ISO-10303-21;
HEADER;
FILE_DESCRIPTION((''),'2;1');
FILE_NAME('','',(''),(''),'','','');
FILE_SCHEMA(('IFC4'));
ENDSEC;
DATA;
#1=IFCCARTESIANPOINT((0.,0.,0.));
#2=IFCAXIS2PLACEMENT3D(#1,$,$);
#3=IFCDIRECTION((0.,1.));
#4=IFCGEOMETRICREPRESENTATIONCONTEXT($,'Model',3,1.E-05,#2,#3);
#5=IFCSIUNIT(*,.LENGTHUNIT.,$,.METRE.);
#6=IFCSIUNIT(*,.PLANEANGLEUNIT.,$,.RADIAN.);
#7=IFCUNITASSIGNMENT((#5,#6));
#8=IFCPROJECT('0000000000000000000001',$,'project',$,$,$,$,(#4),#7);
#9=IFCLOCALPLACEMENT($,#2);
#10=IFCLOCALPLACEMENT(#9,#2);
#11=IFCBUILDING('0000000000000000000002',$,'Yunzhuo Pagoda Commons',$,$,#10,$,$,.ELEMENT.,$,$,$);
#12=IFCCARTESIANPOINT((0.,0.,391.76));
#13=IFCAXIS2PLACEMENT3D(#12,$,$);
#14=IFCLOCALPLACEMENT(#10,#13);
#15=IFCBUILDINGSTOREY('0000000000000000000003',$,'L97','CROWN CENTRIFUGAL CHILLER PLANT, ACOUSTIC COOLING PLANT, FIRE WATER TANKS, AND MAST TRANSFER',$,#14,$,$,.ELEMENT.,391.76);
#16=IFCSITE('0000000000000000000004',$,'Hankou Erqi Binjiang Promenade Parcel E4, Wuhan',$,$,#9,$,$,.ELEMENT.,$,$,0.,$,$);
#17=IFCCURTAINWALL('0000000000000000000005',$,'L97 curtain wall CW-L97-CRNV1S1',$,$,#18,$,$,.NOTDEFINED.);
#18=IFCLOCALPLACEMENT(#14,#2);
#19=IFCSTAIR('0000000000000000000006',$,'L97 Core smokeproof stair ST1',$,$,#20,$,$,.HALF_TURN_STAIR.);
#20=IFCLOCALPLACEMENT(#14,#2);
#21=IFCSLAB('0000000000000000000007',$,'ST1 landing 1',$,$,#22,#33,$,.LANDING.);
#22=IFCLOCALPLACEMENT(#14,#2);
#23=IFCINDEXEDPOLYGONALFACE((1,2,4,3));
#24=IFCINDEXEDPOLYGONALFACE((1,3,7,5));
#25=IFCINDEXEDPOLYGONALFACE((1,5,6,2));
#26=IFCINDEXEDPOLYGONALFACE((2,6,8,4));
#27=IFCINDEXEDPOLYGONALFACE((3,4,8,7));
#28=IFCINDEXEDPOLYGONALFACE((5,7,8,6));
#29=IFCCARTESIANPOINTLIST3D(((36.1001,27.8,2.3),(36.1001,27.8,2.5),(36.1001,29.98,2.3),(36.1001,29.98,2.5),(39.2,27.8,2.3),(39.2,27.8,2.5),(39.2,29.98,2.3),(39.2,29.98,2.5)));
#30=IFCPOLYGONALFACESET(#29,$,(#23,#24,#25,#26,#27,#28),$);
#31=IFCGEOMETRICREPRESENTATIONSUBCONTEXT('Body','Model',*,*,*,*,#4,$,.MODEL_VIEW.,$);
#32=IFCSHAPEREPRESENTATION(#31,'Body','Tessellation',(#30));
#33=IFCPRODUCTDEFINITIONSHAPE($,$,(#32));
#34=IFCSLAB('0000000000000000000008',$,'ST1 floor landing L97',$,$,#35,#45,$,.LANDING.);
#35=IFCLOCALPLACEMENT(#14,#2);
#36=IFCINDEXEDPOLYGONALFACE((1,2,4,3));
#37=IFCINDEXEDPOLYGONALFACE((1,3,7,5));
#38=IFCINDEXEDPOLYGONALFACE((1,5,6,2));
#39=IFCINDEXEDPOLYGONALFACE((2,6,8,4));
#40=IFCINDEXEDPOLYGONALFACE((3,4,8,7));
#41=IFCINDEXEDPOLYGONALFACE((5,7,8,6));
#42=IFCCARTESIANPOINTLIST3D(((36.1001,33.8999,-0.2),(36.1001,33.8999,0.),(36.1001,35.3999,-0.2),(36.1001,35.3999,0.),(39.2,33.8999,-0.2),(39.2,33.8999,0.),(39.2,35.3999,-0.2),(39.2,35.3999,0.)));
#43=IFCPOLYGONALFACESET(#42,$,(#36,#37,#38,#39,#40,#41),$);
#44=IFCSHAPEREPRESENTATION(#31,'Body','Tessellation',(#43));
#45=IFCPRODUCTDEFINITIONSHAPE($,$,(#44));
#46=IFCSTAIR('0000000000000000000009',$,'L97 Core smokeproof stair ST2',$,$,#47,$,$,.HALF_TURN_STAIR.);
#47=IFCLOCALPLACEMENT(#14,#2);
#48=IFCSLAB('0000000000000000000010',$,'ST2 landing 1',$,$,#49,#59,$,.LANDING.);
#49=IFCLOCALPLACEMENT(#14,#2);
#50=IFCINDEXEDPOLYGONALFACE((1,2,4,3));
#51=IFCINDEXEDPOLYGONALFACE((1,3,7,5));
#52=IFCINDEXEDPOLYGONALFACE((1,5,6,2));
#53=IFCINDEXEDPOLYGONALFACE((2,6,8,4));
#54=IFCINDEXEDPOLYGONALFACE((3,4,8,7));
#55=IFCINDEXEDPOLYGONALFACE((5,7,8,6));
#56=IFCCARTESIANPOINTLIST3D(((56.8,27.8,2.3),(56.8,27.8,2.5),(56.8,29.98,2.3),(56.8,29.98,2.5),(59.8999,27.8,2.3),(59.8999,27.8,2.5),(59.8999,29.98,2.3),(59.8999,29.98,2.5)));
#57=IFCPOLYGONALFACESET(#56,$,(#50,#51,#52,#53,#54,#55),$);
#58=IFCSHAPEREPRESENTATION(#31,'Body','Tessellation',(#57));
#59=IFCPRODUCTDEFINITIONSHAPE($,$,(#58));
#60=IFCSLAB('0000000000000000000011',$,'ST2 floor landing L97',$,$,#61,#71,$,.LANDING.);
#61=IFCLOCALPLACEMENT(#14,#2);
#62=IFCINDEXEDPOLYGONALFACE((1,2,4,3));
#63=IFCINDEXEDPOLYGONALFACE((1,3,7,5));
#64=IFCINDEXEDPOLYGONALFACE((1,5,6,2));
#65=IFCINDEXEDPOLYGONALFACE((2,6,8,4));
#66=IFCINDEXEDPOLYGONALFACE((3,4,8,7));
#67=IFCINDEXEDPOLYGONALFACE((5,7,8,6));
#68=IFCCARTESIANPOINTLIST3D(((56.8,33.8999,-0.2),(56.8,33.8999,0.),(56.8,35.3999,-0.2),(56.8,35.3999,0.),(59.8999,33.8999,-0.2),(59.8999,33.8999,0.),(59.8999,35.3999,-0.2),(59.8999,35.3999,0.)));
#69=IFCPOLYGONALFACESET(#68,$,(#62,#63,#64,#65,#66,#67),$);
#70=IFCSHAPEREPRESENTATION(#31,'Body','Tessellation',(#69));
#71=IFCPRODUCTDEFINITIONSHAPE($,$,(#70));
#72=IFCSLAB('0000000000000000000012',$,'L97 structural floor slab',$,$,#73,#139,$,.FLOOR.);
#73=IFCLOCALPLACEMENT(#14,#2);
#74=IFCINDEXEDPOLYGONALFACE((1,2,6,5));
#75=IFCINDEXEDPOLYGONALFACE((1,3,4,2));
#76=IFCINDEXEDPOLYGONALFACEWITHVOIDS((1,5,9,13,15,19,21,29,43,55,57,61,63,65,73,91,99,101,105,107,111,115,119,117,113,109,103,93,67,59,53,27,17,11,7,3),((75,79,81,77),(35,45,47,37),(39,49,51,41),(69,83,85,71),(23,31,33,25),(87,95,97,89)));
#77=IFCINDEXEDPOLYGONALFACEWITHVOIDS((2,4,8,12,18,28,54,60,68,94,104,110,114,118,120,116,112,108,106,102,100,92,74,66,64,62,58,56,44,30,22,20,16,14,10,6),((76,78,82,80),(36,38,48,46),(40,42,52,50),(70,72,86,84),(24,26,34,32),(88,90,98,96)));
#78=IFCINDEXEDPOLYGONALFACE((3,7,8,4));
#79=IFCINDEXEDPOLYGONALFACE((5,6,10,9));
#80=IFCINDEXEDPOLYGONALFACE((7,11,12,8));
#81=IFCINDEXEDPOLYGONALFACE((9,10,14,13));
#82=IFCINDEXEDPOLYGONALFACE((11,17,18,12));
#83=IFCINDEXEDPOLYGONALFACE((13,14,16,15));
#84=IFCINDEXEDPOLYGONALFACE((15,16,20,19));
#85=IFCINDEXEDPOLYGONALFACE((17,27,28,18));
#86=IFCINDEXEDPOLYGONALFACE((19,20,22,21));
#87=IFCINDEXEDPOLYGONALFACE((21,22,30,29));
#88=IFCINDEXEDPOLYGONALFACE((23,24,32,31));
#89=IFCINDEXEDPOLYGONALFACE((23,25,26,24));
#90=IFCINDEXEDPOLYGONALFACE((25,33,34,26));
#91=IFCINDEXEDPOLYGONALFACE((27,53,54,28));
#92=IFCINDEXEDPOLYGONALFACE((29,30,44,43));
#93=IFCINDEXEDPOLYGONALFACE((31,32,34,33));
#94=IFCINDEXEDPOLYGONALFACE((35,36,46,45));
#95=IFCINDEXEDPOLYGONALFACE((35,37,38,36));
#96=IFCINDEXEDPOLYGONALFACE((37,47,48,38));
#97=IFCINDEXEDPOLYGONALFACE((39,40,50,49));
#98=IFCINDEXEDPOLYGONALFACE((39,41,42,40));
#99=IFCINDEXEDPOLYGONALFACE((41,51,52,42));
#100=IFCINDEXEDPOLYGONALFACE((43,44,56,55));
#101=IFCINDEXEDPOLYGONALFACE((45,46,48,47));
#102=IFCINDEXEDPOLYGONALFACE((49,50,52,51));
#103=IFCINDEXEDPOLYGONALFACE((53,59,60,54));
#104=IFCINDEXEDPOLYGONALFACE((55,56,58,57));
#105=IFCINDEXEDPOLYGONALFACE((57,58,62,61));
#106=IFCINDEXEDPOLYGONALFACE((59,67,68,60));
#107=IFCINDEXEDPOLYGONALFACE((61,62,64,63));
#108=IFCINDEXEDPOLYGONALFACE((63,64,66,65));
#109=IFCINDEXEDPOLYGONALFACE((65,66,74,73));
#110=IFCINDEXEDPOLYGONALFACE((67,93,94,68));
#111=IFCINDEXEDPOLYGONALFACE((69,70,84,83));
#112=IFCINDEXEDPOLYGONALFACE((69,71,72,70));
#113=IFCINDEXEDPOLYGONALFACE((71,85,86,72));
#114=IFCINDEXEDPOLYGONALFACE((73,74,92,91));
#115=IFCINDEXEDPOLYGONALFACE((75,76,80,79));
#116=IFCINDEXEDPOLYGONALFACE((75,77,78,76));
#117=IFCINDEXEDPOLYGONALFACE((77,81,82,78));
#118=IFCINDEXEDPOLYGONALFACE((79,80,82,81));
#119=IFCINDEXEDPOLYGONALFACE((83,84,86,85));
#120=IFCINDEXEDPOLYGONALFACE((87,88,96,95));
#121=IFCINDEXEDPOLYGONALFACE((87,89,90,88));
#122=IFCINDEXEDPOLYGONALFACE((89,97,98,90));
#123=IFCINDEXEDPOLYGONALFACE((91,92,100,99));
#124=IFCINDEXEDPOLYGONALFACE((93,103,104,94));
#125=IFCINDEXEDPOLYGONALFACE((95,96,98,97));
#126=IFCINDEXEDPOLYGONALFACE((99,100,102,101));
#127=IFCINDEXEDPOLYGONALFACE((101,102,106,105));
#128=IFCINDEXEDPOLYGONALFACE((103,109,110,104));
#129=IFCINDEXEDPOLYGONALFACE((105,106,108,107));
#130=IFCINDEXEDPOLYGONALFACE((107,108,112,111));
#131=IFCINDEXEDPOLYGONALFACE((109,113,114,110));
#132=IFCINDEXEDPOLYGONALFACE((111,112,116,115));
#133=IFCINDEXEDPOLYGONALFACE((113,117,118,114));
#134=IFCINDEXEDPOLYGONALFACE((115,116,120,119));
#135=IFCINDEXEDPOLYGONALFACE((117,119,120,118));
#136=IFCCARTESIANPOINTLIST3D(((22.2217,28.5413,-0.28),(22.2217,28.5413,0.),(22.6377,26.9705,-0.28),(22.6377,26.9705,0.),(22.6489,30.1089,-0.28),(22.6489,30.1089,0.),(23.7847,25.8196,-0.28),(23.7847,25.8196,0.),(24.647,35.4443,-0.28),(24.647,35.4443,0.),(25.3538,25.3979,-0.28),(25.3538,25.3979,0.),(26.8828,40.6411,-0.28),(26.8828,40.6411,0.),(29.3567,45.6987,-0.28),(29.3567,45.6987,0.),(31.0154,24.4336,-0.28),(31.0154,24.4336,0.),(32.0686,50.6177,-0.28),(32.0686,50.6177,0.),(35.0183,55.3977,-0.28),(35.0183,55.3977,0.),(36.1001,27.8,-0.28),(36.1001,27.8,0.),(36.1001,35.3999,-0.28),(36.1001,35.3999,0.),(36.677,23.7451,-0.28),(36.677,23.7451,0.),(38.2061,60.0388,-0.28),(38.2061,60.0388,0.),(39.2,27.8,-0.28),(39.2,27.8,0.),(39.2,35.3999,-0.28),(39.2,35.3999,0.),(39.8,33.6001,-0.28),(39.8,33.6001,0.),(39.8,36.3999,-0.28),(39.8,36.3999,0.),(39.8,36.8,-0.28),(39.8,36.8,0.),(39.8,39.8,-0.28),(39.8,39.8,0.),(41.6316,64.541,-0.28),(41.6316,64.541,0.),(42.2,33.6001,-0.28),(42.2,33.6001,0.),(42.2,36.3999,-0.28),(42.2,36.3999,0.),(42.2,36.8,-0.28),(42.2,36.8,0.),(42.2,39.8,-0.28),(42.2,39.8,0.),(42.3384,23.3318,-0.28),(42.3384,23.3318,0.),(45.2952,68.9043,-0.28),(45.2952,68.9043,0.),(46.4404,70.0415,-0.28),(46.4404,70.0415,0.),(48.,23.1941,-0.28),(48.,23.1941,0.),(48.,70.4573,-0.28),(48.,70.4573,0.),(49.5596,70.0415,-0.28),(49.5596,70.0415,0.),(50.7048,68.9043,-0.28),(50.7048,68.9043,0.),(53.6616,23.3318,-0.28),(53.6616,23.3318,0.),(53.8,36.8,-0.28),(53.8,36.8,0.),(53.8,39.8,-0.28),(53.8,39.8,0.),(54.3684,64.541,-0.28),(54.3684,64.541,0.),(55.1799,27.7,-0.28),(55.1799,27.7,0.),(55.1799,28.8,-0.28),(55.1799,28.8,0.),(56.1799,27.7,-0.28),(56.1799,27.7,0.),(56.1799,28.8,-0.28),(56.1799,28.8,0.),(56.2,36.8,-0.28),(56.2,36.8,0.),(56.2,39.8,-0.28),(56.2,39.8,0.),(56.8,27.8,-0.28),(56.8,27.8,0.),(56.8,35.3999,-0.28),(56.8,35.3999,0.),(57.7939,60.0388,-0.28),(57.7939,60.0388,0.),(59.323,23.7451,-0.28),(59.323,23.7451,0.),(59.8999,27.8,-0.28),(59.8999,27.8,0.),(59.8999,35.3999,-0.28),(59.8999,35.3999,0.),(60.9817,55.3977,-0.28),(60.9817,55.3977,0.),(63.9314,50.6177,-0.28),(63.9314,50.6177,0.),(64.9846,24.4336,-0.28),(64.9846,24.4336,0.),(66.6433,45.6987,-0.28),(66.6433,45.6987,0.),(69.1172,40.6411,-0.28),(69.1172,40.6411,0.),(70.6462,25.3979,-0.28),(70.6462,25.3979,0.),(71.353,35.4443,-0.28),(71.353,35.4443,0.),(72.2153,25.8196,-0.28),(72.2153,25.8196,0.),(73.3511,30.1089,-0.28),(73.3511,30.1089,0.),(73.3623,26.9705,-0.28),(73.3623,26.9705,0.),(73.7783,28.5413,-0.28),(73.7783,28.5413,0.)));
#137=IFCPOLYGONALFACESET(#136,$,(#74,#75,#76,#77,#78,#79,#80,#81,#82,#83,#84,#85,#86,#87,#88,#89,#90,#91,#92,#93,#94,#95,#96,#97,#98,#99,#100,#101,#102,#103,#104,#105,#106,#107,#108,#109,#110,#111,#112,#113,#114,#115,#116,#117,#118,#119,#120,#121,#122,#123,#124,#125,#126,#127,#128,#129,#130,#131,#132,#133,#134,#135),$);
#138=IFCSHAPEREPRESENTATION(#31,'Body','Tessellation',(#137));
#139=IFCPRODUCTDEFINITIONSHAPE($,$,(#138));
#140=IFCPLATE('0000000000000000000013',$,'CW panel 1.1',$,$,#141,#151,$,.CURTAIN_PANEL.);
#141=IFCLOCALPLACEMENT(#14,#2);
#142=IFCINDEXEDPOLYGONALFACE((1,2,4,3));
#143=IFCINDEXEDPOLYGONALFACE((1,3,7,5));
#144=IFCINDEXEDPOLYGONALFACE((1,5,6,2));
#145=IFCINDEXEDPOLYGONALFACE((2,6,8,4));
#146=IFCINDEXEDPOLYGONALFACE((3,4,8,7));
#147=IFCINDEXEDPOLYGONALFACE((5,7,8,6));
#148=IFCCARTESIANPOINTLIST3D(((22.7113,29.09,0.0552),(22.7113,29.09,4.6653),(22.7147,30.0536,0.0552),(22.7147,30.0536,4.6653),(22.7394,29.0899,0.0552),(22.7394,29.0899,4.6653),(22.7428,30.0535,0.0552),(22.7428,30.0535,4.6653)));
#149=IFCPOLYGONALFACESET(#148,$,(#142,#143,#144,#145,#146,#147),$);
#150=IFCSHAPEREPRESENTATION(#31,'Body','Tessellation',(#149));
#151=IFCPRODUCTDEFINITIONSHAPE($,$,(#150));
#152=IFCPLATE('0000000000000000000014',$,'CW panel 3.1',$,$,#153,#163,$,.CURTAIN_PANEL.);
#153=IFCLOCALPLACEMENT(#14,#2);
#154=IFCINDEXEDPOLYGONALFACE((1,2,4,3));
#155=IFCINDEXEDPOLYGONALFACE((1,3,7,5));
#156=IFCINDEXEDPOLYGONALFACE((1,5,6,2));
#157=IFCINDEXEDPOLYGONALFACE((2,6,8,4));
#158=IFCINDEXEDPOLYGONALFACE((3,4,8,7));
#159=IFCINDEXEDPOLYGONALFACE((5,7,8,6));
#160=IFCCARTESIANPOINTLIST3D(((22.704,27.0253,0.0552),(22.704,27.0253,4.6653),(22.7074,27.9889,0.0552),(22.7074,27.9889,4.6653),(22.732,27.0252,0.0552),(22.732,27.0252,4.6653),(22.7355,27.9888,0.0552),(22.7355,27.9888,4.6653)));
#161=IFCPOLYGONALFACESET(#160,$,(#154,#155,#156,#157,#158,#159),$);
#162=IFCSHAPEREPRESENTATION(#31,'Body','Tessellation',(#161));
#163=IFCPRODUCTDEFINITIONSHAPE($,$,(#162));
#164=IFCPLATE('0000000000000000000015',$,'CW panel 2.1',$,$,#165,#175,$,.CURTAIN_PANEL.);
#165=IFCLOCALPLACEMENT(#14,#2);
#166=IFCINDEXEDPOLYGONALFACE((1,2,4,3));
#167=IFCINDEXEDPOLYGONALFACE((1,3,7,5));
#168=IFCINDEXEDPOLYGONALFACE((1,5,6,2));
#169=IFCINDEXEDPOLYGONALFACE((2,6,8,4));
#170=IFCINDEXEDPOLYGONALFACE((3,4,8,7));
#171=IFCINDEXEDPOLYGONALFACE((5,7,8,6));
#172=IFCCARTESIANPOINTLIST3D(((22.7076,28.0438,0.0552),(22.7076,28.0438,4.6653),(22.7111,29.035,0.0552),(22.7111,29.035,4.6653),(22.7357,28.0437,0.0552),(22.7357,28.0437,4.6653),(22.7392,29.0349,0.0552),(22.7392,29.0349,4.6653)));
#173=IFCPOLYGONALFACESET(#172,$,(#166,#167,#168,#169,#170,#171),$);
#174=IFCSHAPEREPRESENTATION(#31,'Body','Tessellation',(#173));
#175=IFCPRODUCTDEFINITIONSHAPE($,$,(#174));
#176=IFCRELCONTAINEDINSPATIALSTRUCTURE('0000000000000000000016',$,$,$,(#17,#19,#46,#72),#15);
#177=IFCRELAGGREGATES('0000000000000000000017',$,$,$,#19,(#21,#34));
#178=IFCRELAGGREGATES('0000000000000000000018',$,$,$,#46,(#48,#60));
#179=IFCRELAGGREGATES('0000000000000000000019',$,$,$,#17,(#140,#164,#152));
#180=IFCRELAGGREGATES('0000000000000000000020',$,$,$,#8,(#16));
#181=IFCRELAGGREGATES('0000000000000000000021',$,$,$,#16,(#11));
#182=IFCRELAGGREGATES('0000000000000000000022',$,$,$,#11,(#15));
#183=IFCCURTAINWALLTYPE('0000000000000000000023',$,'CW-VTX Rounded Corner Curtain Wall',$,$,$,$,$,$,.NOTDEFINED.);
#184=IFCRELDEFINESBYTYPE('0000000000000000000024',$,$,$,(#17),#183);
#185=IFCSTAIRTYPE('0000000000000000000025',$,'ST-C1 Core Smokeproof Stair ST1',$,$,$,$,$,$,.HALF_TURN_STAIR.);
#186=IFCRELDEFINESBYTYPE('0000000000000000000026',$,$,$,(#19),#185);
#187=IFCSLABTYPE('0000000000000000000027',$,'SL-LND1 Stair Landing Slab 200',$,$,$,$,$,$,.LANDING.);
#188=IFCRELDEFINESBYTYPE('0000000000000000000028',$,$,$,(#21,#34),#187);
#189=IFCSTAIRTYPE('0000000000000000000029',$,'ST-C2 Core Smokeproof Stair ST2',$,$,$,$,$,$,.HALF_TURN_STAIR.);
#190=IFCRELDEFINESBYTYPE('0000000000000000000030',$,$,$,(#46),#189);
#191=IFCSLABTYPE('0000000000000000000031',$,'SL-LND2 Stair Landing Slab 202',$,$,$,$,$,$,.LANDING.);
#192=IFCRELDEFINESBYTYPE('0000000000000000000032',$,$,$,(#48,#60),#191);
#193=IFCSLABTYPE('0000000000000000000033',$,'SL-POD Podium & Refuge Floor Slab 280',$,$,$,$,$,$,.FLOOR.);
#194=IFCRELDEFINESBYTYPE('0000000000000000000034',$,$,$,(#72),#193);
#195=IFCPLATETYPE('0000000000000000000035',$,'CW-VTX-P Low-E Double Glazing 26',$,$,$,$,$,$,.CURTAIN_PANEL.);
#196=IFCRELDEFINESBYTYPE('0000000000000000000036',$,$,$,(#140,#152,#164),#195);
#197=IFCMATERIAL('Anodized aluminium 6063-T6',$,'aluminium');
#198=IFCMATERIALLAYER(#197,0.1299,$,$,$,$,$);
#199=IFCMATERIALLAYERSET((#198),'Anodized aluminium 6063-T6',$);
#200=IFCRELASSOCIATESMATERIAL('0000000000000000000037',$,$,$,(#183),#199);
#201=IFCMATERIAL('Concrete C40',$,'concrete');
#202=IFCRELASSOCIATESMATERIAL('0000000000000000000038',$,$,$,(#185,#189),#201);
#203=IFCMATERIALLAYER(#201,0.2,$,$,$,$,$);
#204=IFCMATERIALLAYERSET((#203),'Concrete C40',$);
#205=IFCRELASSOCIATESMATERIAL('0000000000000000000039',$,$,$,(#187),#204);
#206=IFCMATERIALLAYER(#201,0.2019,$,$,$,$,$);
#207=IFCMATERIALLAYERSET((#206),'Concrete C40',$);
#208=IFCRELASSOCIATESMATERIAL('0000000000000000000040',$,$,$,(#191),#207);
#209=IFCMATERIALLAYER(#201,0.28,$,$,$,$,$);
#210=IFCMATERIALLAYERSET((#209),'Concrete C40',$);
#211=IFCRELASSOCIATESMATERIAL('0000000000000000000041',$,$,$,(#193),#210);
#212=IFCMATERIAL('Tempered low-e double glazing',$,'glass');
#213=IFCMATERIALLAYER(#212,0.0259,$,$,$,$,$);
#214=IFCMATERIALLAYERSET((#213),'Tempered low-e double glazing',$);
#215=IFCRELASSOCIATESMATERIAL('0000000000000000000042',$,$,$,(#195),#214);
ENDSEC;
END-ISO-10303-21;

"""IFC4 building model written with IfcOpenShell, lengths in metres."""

from ifc_helpers import new_model, si_unit, direction, frame, origin, origin_2d, place, context, subcontext, project, spatial, polyline, rectangle, outline, extrude, source, transform, mapped, material, layer, layer_set, type_object, element, aggregate, save


model = new_model("IFC4")

# Units and contexts
model_context = context("Model", 3, precision=1e-05, world=origin(), true_north=direction((0.0, 1.0)))
body_context = subcontext(model_context, "Body", "Model", "MODEL_VIEW")
ifc_project = project(units=[si_unit("LENGTHUNIT", "METRE"), si_unit("PLANEANGLEUNIT", "RADIAN")], contexts=[model_context])

# Site, building, storey
site_placement = place(None, origin())
site = spatial("IfcSite", under=ifc_project, at=site_placement, Name="Hankou Erqi Binjiang Promenade Parcel E4, Wuhan", CompositionType="ELEMENT", RefElevation=0.0)
building_placement = place(site_placement, origin())
building = spatial("IfcBuilding", under=site, at=building_placement, Name="Yunzhuo Pagoda Commons", CompositionType="ELEMENT")
storey_placement = place(building_placement, frame((0.0, 0.0, 391.76)))
storey = spatial("IfcBuildingStorey", under=building, at=storey_placement, Name="L97", Description="CROWN CENTRIFUGAL CHILLER PLANT, ACOUSTIC COOLING PLANT, FIRE WATER TANKS, AND MAST TRANSFER", CompositionType="ELEMENT", Elevation=391.76)

# Curtain wall
ifc_material_1 = material(Name="Anodized aluminium 6063-T6", Category="aluminium")
ifc_layer_1 = layer(ifc_material_1, 0.1299)
ifc_layer_set_1 = layer_set([ifc_layer_1], Name="Anodized aluminium 6063-T6")
curtain_wall_type = type_object("IfcCurtainWallType", Name="CW-VTX Rounded Corner Curtain Wall", PredefinedType="NOTDEFINED", material=ifc_layer_set_1)
curtain_wall_1_placement = place(storey_placement, origin())
curtain_wall_1 = element("IfcCurtainWall", 1, at=curtain_wall_1_placement, inside=storey, type_object=curtain_wall_type, Name="L97 curtain wall CW-L97-CRNV1S1", PredefinedType="NOTDEFINED")

# Stairs, slabs
ifc_material_2 = material(Name="Concrete C40", Category="concrete")
stair_type_1 = type_object("IfcStairType", Name="ST-C1 Core Smokeproof Stair ST1", PredefinedType="HALF_TURN_STAIR", material=ifc_material_2)
stair_1_placement = place(storey_placement, origin())
stair_1 = element("IfcStair", 2, at=stair_1_placement, inside=storey, type_object=stair_type_1, Name="L97 Core smokeproof stair ST1", PredefinedType="HALF_TURN_STAIR")
ifc_layer_2 = layer(ifc_material_2, 0.2)
ifc_layer_set_2 = layer_set([ifc_layer_2], Name="Concrete C40")
slab_type_1 = type_object("IfcSlabType", Name="SL-LND1 Stair Landing Slab 200", PredefinedType="LANDING", material=ifc_layer_set_2)
slab_1_placement = place(storey_placement, frame((0.0, 0.0, 2.3)))
slab_1 = element("IfcSlab", 3, at=slab_1_placement, type_object=slab_type_1, Name="ST1 landing 1", PredefinedType="LANDING", context=body_context, shape_type="SweptSolid", body=[
    extrude(outline(polyline([(36.1001, 29.98), (36.1001, 27.8), (39.2, 27.8), (39.2, 29.98), (36.1001, 29.98)])), origin(), (0.0, 0.0, 1.0), 0.2),
])
slab_2_placement = place(storey_placement, frame((0.0, 0.0, -0.2)))
slab_2 = element("IfcSlab", 4, at=slab_2_placement, type_object=slab_type_1, Name="ST1 floor landing L97", PredefinedType="LANDING", context=body_context, shape_type="SweptSolid", body=[
    extrude(outline(polyline([(36.1001, 35.3999), (36.1001, 33.8999), (39.2, 33.8999), (39.2, 35.3999), (36.1001, 35.3999)])), origin(), (0.0, 0.0, 1.0), 0.2),
])
aggregate(stair_1, [slab_1, slab_2])
stair_type_2 = type_object("IfcStairType", Name="ST-C2 Core Smokeproof Stair ST2", PredefinedType="HALF_TURN_STAIR", material=ifc_material_2)
stair_2_placement = place(storey_placement, origin())
stair_2 = element("IfcStair", 5, at=stair_2_placement, inside=storey, type_object=stair_type_2, Name="L97 Core smokeproof stair ST2", PredefinedType="HALF_TURN_STAIR")
ifc_layer_3 = layer(ifc_material_2, 0.2019)
ifc_layer_set_3 = layer_set([ifc_layer_3], Name="Concrete C40")
slab_type_2 = type_object("IfcSlabType", Name="SL-LND2 Stair Landing Slab 202", PredefinedType="LANDING", material=ifc_layer_set_3)
slab_3_placement = place(storey_placement, frame((0.0, 0.0, 2.3)))
slab_3 = element("IfcSlab", 6, at=slab_3_placement, type_object=slab_type_2, Name="ST2 landing 1", PredefinedType="LANDING", context=body_context, shape_type="SweptSolid", body=[
    extrude(outline(polyline([(56.8, 29.98), (56.8, 27.8), (59.8999, 27.8), (59.8999, 29.98), (56.8, 29.98)])), origin(), (0.0, 0.0, 1.0), 0.2),
])
slab_4_placement = place(storey_placement, frame((0.0, 0.0, -0.2)))
slab_4 = element("IfcSlab", 7, at=slab_4_placement, type_object=slab_type_2, Name="ST2 floor landing L97", PredefinedType="LANDING", context=body_context, shape_type="SweptSolid", body=[
    extrude(outline(polyline([(56.8, 35.3999), (56.8, 33.8999), (59.8999, 33.8999), (59.8999, 35.3999), (56.8, 35.3999)])), origin(), (0.0, 0.0, 1.0), 0.2),
])
aggregate(stair_2, [slab_3, slab_4])

# Slab
ifc_layer_4 = layer(ifc_material_2, 0.28)
ifc_layer_set_4 = layer_set([ifc_layer_4], Name="Concrete C40")
slab_type_3 = type_object("IfcSlabType", Name="SL-POD Podium & Refuge Floor Slab 280", PredefinedType="FLOOR", material=ifc_layer_set_4)
slab_5_placement = place(storey_placement, frame((0.0, 0.0, -0.28)))
element("IfcSlab", 8, at=slab_5_placement, inside=storey, type_object=slab_type_3, Name="L97 structural floor slab", PredefinedType="FLOOR", context=body_context, shape_type="SweptSolid", body=[
    extrude(outline(polyline([(24.647, 35.4443), (26.8828, 40.6411), (29.3567, 45.6987), (32.0686, 50.6177), (35.0183, 55.3977), (38.2061, 60.0388), (41.6316, 64.541), (45.2952, 68.9043), (46.4404, 70.0415), (48.0, 70.4573), (49.5596, 70.0415), (50.7048, 68.9043), (54.3684, 64.541), (57.7939, 60.0388), (60.9817, 55.3977), (63.9314, 50.6177), (66.6433, 45.6987), (69.1172, 40.6411), (71.353, 35.4443), (73.3511, 30.1089), (73.7783, 28.5413), (73.3623, 26.9705), (72.2153, 25.8196), (70.6462, 25.3979), (64.9846, 24.4336), (59.323, 23.7451), (53.6616, 23.3318), (48.0, 23.1941), (42.3384, 23.3318), (36.677, 23.7451), (31.0154, 24.4336), (25.3538, 25.3979), (23.7847, 25.8196), (22.6377, 26.9705), (22.2217, 28.5413), (22.6489, 30.1089), (24.647, 35.4443)]), holes=[polyline([(55.1799, 28.8), (55.1799, 27.7), (56.1799, 27.7), (56.1799, 28.8), (55.1799, 28.8)]), polyline([(39.2, 27.8), (39.2, 35.3999), (36.1001, 35.3999), (36.1001, 27.8), (39.2, 27.8)]), polyline([(59.8999, 27.8), (59.8999, 35.3999), (56.8, 35.3999), (56.8, 27.8), (59.8999, 27.8)]), polyline([(39.8, 36.3999), (39.8, 33.6001), (42.2, 33.6001), (42.2, 36.3999), (39.8, 36.3999)]), polyline([(42.2, 39.8), (39.8, 39.8), (39.8, 36.8), (42.2, 36.8), (42.2, 39.8)]), polyline([(56.2, 39.8), (53.8, 39.8), (53.8, 36.8), (56.2, 36.8), (56.2, 39.8)])]), origin(), (0.0, 0.0, 1.0), 0.28),
])

# Plates
ifc_material_3 = material(Name="Tempered low-e double glazing", Category="glass")
ifc_layer_5 = layer(ifc_material_3, 0.0259)
ifc_layer_set_5 = layer_set([ifc_layer_5], Name="Tempered low-e double glazing")
plate_type = type_object("IfcPlateType", Name="CW-VTX-P Low-E Double Glazing 26", PredefinedType="CURTAIN_PANEL", material=ifc_layer_set_5)
shared_shape_1 = source(origin(), body_context, "Body", "SweptSolid", [
    extrude(rectangle(XDim=0.9636, YDim=0.0281, at=origin_2d()), origin(), (0.0, 0.0, 1.0), 4.6101),
])
plate_1_placement = place(storey_placement, frame((22.7271, 29.5718, 0.0552), z_axis=(0.0, 0.0, 1.0), x_axis=(-0.003569, -0.999994, 0.0)))
plate_1 = element("IfcPlate", 9, at=plate_1_placement, type_object=plate_type, Name="CW panel 1.1", PredefinedType="CURTAIN_PANEL", context=body_context, shape_type="MappedRepresentation", body=[
    mapped(shared_shape_1, transform((0.0, 0.0, 0.0), scale=1.0)),
])
plate_2_placement = place(storey_placement, frame((22.7197, 27.5071, 0.0552), z_axis=(0.0, 0.0, 1.0), x_axis=(-0.003569, -0.999994, 0.0)))
plate_2 = element("IfcPlate", 10, at=plate_2_placement, type_object=plate_type, Name="CW panel 3.1", PredefinedType="CURTAIN_PANEL", context=body_context, shape_type="MappedRepresentation", body=[
    mapped(shared_shape_1, transform((0.0, 0.0, 0.0), scale=1.0)),
])
shared_shape_2 = source(origin(), body_context, "Body", "SweptSolid", [
    extrude(rectangle(XDim=0.9912, YDim=0.0281, at=origin_2d()), origin(), (0.0, 0.0, 1.0), 4.6101),
])
plate_3_placement = place(storey_placement, frame((22.7234, 28.5393, 0.0552), z_axis=(0.0, 0.0, 1.0), x_axis=(-0.003569, -0.999994, 0.0)))
plate_3 = element("IfcPlate", 11, at=plate_3_placement, type_object=plate_type, Name="CW panel 2.1", PredefinedType="CURTAIN_PANEL", context=body_context, shape_type="MappedRepresentation", body=[
    mapped(shared_shape_2, transform((0.0, 0.0, 0.0), scale=1.0)),
])
aggregate(curtain_wall_1, [plate_1, plate_3, plate_2])

save(model, "model.ifc")
